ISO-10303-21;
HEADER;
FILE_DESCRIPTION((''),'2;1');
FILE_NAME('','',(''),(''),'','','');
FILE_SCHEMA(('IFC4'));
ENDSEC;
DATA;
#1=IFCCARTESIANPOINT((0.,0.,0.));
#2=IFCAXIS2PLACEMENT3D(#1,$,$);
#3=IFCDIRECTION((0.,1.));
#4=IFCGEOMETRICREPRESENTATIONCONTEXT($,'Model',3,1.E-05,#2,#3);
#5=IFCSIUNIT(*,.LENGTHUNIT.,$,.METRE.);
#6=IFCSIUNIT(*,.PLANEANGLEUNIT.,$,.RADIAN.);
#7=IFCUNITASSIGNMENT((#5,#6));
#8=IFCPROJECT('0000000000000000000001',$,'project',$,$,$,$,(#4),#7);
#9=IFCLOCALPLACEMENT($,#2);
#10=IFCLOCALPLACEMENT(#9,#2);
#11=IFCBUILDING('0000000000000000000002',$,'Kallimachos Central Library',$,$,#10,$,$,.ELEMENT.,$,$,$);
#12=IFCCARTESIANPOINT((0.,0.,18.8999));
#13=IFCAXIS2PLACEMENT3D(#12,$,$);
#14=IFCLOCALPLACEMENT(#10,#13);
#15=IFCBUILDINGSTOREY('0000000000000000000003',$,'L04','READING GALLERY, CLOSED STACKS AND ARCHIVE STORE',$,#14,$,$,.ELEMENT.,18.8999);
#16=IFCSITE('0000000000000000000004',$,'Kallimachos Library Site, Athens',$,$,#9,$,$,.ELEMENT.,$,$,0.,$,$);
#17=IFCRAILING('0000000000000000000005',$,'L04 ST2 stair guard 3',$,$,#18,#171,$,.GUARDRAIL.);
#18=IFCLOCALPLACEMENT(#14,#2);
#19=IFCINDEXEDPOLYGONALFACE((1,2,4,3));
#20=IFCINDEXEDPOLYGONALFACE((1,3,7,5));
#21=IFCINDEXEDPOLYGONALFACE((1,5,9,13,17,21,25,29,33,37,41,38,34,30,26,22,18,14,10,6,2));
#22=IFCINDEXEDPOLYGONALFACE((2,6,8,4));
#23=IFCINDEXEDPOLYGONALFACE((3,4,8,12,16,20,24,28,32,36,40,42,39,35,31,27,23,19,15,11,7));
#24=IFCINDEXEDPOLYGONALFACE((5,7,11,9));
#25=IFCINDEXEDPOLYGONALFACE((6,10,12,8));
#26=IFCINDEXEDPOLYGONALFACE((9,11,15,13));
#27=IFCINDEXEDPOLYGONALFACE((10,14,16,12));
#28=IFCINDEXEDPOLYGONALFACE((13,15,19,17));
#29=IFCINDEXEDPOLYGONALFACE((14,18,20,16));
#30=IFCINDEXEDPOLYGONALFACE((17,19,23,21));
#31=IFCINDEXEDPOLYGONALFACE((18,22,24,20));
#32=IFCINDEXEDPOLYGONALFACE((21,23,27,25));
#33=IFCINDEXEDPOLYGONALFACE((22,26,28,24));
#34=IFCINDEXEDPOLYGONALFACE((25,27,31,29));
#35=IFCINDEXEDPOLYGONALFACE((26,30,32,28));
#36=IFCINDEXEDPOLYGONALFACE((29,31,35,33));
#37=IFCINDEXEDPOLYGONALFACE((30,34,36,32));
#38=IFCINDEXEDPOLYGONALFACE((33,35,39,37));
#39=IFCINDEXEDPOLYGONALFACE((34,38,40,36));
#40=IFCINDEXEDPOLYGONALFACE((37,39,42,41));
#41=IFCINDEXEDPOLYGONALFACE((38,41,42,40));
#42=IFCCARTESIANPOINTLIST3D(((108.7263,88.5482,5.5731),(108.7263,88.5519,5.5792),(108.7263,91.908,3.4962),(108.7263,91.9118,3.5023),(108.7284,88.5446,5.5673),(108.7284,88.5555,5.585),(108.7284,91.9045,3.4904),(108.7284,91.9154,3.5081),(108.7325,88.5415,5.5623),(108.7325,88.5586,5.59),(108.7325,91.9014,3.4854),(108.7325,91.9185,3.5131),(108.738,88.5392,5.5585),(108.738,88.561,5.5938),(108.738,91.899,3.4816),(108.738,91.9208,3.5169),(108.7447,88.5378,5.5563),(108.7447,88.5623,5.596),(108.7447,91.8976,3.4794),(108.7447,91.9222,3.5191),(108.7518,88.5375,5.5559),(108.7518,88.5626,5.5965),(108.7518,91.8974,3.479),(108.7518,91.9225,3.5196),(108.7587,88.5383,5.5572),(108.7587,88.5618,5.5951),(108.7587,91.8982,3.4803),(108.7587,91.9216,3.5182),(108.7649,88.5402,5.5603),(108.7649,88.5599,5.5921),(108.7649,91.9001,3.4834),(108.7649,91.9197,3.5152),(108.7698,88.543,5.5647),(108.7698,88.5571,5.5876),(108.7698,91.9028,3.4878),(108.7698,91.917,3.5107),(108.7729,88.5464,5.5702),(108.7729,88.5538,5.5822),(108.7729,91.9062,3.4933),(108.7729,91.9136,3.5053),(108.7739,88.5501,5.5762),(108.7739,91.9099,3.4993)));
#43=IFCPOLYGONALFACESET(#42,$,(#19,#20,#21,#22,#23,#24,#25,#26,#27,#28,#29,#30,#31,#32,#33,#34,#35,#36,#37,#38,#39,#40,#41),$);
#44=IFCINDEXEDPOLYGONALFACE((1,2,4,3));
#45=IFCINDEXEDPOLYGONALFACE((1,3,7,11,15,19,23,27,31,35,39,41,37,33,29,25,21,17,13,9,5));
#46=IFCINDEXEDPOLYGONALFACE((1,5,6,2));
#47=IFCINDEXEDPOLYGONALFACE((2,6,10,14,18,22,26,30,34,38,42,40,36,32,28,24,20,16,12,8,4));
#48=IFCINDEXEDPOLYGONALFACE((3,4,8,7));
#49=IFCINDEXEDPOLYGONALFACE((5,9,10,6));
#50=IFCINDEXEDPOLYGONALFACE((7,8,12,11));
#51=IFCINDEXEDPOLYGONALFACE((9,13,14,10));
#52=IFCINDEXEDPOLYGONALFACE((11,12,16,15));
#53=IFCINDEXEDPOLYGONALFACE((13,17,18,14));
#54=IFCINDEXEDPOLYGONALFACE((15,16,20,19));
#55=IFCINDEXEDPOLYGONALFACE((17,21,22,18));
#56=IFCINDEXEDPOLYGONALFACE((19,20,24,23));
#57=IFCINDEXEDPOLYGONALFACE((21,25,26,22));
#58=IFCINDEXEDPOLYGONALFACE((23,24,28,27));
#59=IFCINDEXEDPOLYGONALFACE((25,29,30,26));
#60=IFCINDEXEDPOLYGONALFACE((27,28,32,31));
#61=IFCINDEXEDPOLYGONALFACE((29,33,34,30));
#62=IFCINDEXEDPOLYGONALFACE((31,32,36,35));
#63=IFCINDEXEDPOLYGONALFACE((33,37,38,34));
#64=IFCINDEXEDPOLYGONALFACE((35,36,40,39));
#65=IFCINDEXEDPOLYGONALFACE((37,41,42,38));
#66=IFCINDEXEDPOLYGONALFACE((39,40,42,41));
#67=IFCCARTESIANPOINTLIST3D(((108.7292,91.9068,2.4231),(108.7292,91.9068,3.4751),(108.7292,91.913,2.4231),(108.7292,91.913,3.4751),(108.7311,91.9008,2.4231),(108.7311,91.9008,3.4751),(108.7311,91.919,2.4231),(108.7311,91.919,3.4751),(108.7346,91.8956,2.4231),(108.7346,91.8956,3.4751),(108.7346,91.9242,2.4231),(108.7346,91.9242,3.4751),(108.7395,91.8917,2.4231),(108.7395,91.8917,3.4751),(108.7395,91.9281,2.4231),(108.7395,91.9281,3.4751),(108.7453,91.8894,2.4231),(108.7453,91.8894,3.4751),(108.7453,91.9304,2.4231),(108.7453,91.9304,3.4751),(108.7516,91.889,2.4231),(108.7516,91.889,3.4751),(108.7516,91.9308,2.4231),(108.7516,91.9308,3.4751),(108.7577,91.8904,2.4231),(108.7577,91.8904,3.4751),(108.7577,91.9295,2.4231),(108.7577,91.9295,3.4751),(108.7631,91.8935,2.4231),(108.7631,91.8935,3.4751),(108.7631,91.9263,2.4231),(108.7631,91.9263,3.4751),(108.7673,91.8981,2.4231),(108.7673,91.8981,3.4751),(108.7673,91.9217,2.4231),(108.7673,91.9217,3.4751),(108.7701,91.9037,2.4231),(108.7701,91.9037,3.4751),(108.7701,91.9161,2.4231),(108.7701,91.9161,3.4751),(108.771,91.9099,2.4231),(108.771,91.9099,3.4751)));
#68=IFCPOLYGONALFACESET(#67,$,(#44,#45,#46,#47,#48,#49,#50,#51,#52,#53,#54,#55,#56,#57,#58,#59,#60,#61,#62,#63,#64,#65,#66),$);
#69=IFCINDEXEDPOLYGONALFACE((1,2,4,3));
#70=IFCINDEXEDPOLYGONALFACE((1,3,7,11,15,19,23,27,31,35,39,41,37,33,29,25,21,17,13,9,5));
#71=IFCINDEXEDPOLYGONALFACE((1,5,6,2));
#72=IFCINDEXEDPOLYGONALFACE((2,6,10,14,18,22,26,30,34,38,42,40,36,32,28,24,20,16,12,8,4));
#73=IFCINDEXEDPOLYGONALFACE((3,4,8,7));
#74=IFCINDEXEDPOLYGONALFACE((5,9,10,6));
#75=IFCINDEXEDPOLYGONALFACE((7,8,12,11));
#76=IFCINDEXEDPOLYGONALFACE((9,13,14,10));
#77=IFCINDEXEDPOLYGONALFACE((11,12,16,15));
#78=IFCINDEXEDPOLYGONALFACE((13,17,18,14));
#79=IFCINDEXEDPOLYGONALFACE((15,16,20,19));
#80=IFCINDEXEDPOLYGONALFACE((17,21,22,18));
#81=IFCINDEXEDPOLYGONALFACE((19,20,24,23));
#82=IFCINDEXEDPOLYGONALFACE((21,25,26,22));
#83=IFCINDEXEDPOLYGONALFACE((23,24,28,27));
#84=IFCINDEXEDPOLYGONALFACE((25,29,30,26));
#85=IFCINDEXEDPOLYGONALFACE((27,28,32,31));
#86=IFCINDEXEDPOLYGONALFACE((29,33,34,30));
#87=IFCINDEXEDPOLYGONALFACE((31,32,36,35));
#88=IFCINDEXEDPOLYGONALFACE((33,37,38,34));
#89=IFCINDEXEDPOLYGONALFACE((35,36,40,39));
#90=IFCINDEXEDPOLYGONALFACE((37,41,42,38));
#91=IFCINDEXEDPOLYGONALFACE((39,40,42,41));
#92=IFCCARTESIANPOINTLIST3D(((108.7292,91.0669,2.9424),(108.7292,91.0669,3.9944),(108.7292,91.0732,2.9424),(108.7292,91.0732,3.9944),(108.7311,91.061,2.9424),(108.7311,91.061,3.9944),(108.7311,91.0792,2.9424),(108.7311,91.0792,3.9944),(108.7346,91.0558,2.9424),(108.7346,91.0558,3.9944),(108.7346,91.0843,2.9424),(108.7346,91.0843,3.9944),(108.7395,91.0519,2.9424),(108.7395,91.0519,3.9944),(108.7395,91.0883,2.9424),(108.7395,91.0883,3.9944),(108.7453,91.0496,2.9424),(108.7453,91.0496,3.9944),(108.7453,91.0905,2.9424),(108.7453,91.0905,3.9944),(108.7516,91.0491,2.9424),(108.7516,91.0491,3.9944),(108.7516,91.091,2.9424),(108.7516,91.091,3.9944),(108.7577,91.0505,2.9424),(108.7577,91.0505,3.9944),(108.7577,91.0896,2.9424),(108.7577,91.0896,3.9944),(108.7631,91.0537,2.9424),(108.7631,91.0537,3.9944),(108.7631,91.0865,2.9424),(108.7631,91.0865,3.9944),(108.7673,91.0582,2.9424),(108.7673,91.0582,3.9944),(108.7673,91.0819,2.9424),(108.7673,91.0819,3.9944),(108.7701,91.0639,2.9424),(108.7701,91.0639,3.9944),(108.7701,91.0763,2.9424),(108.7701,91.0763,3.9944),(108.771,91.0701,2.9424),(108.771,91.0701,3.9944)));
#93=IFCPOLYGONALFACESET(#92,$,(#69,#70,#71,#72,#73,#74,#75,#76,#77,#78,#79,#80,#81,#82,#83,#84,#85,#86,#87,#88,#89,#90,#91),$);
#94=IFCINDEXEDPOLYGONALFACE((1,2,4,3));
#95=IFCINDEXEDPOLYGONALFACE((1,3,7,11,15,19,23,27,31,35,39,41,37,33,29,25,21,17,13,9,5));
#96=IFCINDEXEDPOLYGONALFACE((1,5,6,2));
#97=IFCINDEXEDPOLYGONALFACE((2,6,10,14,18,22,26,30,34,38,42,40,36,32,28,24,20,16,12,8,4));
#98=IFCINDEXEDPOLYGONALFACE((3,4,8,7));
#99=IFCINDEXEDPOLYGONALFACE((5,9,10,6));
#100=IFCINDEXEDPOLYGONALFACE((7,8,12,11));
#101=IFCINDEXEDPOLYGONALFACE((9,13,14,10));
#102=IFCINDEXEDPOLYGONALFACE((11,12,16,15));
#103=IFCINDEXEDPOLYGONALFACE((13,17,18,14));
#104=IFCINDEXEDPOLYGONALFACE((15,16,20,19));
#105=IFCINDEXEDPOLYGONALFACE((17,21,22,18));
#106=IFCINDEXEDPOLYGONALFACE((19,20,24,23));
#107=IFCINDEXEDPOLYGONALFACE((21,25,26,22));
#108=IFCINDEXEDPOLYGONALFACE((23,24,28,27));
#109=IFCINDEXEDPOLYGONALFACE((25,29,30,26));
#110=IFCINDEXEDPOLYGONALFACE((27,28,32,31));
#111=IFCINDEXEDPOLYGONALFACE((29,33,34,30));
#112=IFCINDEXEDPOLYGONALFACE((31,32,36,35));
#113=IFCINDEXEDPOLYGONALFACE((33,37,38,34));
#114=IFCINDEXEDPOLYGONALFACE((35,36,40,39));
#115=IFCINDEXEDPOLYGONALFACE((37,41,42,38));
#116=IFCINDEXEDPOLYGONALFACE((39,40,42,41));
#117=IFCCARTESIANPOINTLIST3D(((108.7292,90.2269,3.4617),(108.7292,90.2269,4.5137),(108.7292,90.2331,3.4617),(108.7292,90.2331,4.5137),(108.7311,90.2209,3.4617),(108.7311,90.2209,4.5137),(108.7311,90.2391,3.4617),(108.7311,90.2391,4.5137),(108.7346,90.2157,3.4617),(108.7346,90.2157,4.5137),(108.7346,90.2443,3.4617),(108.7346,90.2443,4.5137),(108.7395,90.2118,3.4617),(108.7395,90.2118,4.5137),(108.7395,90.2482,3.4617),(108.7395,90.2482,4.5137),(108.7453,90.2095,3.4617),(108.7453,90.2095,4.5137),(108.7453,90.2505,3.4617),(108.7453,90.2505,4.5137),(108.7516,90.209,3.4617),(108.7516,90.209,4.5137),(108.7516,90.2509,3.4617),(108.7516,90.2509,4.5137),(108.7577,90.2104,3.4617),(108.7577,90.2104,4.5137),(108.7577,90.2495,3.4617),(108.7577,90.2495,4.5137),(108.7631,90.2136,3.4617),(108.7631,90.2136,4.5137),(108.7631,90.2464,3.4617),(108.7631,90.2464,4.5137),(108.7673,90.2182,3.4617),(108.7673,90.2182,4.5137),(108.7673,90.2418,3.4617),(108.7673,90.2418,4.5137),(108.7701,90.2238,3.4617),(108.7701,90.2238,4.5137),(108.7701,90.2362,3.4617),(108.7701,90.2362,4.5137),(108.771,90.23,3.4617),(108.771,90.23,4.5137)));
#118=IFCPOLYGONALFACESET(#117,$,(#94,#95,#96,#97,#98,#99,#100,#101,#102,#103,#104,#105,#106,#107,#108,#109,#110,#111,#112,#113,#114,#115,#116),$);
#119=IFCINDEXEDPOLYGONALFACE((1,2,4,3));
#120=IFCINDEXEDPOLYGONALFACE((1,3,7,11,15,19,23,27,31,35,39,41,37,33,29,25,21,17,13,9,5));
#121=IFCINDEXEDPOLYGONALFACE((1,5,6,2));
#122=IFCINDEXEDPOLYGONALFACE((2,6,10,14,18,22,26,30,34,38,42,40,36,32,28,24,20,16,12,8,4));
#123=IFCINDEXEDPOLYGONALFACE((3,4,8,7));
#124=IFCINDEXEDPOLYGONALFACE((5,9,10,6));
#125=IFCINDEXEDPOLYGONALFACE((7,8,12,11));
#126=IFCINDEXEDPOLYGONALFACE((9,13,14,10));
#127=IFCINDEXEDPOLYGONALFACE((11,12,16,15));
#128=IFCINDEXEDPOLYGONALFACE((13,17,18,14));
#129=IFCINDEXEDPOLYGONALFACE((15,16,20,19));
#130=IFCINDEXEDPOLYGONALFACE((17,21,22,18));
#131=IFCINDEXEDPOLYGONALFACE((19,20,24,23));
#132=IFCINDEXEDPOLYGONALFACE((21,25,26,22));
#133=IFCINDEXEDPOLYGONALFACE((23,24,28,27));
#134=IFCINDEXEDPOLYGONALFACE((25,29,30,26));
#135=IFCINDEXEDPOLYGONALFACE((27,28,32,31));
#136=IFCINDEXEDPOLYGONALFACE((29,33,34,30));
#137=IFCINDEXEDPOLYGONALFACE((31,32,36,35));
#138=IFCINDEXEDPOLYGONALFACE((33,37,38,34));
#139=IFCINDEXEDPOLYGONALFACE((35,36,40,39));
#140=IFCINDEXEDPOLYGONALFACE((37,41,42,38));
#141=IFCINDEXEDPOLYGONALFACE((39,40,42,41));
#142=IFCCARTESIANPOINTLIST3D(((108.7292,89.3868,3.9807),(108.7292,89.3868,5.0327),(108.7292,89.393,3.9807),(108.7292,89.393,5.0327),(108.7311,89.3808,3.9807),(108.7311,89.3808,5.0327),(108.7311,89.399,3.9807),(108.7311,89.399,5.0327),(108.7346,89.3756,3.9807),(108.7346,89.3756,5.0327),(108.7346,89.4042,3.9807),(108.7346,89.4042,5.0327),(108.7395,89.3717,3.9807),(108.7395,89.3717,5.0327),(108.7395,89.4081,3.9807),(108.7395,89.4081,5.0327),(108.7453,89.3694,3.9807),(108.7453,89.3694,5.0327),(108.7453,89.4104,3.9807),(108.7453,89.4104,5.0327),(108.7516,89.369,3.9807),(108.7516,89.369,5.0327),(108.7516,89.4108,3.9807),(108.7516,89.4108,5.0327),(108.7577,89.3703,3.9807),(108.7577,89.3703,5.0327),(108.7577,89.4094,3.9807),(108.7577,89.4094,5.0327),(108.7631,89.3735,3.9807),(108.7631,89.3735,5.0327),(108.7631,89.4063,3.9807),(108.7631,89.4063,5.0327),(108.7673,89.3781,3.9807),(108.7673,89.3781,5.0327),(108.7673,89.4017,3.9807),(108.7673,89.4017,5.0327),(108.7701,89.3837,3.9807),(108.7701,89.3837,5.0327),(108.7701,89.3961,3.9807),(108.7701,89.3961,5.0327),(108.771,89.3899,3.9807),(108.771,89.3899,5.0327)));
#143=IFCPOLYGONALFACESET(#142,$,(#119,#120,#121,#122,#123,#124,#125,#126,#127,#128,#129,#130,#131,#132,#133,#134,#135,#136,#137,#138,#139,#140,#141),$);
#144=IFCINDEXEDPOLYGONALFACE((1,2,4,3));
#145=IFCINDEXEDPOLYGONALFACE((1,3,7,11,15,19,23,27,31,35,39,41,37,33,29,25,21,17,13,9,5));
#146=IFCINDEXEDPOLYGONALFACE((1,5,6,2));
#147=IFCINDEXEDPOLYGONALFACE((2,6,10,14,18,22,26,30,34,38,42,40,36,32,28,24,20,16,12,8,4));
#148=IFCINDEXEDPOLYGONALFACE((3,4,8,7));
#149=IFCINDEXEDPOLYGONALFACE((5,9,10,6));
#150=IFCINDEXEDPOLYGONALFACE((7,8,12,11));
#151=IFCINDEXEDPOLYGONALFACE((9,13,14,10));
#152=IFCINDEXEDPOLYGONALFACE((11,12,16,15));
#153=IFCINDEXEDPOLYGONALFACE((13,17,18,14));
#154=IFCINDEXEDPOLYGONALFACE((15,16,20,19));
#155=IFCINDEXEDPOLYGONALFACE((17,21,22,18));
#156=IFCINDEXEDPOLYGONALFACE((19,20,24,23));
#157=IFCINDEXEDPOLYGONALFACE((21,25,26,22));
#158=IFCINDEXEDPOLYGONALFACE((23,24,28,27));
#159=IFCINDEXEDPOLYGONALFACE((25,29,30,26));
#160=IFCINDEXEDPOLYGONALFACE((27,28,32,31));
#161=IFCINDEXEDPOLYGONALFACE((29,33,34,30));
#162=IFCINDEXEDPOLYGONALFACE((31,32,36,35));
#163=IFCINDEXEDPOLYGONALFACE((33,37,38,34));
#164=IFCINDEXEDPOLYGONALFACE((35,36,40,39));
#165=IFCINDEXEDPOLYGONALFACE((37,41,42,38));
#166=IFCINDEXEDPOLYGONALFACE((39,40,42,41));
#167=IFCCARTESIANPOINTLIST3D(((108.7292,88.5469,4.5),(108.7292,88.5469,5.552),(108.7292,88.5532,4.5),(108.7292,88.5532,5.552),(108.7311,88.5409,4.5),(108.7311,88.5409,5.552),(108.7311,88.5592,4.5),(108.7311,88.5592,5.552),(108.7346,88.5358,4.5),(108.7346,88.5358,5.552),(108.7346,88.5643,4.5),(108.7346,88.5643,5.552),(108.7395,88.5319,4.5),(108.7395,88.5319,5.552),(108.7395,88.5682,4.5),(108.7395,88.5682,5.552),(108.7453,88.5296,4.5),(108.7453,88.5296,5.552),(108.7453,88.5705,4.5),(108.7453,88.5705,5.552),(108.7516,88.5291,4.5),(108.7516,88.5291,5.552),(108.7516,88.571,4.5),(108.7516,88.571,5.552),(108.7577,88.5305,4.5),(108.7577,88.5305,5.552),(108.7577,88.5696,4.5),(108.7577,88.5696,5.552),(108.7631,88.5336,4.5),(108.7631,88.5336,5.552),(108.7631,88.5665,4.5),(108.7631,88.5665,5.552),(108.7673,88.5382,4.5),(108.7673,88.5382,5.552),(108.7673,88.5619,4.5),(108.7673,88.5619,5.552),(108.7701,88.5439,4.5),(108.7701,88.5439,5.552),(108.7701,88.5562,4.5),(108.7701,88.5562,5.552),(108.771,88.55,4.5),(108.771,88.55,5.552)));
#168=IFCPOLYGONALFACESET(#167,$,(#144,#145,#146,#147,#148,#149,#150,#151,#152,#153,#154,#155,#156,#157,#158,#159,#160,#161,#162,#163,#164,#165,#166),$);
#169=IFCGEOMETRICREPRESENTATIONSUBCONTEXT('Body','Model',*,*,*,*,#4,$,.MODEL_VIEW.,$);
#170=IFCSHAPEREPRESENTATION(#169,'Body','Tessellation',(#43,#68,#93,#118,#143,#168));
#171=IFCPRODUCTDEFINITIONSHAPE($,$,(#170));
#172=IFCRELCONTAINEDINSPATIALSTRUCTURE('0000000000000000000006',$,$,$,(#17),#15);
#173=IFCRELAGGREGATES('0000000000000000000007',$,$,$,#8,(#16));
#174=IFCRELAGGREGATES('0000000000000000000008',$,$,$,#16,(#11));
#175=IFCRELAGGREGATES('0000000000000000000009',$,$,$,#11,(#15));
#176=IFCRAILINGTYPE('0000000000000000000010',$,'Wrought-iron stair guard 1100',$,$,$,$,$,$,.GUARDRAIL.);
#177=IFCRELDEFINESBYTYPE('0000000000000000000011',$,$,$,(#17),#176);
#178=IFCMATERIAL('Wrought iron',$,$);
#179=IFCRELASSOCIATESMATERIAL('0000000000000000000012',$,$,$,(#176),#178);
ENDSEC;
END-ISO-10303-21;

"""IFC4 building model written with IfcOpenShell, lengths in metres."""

from ifc_helpers import new_model, si_unit, direction, frame, origin, origin_2d, place, context, subcontext, project, spatial, circle, extrude, material, type_object, element, save


model = new_model("IFC4")

# Units and contexts
model_context = context("Model", 3, precision=1e-05, world=origin(), true_north=direction((0.0, 1.0)))
body_context = subcontext(model_context, "Body", "Model", "MODEL_VIEW")
ifc_project = project(units=[si_unit("LENGTHUNIT", "METRE"), si_unit("PLANEANGLEUNIT", "RADIAN")], contexts=[model_context])

# Site, building, storey
site_placement = place(None, origin())
site = spatial("IfcSite", under=ifc_project, at=site_placement, Name="Kallimachos Library Site, Athens", CompositionType="ELEMENT", RefElevation=0.0)
building_placement = place(site_placement, origin())
building = spatial("IfcBuilding", under=site, at=building_placement, Name="Kallimachos Central Library", CompositionType="ELEMENT")
storey_placement = place(building_placement, frame((0.0, 0.0, 18.8999)))
storey = spatial("IfcBuildingStorey", under=building, at=storey_placement, Name="L04", Description="READING GALLERY, CLOSED STACKS AND ARCHIVE STORE", CompositionType="ELEMENT", Elevation=18.8999)

# Railing
ifc_material_1 = material(Name="Wrought iron")
railing_type_1 = type_object("IfcRailingType", Name="Wrought-iron stair guard 1100", PredefinedType="GUARDRAIL", material=ifc_material_1)
railing_1_placement = place(storey_placement, frame((108.75, 91.9099, 2.4231)))
element("IfcRailing", 1, at=railing_1_placement, inside=storey, type_object=railing_type_1, Name="L04 ST2 stair guard 3", PredefinedType="GUARDRAIL", context=body_context, shape_type="SweptSolid", body=[
    extrude(circle(Radius=0.0239, at=origin_2d()), frame((0.0, 0.0, 1.0762), z_axis=(0.0, -0.850606, 0.525803), x_axis=(1.0, 0.0, 0.0)), (0.0, 0.0, 1.0), 3.95),
    extrude(circle(Radius=0.021, at=origin_2d()), origin(), (0.0, 0.0, 1.0), 1.052),
    extrude(circle(Radius=0.021, at=origin_2d()), frame((0.0, -0.8398, 0.5193)), (0.0, 0.0, 1.0), 1.052),
    extrude(circle(Radius=0.021, at=origin_2d()), frame((0.0, -1.6799, 1.0386)), (0.0, 0.0, 1.0), 1.052),
    extrude(circle(Radius=0.021, at=origin_2d()), frame((0.0, -2.52, 1.5576)), (0.0, 0.0, 1.0), 1.052),
    extrude(circle(Radius=0.021, at=origin_2d()), frame((0.0, -3.3599, 2.0769)), (0.0, 0.0, 1.0), 1.052),
])

save(model, "model.ifc")
